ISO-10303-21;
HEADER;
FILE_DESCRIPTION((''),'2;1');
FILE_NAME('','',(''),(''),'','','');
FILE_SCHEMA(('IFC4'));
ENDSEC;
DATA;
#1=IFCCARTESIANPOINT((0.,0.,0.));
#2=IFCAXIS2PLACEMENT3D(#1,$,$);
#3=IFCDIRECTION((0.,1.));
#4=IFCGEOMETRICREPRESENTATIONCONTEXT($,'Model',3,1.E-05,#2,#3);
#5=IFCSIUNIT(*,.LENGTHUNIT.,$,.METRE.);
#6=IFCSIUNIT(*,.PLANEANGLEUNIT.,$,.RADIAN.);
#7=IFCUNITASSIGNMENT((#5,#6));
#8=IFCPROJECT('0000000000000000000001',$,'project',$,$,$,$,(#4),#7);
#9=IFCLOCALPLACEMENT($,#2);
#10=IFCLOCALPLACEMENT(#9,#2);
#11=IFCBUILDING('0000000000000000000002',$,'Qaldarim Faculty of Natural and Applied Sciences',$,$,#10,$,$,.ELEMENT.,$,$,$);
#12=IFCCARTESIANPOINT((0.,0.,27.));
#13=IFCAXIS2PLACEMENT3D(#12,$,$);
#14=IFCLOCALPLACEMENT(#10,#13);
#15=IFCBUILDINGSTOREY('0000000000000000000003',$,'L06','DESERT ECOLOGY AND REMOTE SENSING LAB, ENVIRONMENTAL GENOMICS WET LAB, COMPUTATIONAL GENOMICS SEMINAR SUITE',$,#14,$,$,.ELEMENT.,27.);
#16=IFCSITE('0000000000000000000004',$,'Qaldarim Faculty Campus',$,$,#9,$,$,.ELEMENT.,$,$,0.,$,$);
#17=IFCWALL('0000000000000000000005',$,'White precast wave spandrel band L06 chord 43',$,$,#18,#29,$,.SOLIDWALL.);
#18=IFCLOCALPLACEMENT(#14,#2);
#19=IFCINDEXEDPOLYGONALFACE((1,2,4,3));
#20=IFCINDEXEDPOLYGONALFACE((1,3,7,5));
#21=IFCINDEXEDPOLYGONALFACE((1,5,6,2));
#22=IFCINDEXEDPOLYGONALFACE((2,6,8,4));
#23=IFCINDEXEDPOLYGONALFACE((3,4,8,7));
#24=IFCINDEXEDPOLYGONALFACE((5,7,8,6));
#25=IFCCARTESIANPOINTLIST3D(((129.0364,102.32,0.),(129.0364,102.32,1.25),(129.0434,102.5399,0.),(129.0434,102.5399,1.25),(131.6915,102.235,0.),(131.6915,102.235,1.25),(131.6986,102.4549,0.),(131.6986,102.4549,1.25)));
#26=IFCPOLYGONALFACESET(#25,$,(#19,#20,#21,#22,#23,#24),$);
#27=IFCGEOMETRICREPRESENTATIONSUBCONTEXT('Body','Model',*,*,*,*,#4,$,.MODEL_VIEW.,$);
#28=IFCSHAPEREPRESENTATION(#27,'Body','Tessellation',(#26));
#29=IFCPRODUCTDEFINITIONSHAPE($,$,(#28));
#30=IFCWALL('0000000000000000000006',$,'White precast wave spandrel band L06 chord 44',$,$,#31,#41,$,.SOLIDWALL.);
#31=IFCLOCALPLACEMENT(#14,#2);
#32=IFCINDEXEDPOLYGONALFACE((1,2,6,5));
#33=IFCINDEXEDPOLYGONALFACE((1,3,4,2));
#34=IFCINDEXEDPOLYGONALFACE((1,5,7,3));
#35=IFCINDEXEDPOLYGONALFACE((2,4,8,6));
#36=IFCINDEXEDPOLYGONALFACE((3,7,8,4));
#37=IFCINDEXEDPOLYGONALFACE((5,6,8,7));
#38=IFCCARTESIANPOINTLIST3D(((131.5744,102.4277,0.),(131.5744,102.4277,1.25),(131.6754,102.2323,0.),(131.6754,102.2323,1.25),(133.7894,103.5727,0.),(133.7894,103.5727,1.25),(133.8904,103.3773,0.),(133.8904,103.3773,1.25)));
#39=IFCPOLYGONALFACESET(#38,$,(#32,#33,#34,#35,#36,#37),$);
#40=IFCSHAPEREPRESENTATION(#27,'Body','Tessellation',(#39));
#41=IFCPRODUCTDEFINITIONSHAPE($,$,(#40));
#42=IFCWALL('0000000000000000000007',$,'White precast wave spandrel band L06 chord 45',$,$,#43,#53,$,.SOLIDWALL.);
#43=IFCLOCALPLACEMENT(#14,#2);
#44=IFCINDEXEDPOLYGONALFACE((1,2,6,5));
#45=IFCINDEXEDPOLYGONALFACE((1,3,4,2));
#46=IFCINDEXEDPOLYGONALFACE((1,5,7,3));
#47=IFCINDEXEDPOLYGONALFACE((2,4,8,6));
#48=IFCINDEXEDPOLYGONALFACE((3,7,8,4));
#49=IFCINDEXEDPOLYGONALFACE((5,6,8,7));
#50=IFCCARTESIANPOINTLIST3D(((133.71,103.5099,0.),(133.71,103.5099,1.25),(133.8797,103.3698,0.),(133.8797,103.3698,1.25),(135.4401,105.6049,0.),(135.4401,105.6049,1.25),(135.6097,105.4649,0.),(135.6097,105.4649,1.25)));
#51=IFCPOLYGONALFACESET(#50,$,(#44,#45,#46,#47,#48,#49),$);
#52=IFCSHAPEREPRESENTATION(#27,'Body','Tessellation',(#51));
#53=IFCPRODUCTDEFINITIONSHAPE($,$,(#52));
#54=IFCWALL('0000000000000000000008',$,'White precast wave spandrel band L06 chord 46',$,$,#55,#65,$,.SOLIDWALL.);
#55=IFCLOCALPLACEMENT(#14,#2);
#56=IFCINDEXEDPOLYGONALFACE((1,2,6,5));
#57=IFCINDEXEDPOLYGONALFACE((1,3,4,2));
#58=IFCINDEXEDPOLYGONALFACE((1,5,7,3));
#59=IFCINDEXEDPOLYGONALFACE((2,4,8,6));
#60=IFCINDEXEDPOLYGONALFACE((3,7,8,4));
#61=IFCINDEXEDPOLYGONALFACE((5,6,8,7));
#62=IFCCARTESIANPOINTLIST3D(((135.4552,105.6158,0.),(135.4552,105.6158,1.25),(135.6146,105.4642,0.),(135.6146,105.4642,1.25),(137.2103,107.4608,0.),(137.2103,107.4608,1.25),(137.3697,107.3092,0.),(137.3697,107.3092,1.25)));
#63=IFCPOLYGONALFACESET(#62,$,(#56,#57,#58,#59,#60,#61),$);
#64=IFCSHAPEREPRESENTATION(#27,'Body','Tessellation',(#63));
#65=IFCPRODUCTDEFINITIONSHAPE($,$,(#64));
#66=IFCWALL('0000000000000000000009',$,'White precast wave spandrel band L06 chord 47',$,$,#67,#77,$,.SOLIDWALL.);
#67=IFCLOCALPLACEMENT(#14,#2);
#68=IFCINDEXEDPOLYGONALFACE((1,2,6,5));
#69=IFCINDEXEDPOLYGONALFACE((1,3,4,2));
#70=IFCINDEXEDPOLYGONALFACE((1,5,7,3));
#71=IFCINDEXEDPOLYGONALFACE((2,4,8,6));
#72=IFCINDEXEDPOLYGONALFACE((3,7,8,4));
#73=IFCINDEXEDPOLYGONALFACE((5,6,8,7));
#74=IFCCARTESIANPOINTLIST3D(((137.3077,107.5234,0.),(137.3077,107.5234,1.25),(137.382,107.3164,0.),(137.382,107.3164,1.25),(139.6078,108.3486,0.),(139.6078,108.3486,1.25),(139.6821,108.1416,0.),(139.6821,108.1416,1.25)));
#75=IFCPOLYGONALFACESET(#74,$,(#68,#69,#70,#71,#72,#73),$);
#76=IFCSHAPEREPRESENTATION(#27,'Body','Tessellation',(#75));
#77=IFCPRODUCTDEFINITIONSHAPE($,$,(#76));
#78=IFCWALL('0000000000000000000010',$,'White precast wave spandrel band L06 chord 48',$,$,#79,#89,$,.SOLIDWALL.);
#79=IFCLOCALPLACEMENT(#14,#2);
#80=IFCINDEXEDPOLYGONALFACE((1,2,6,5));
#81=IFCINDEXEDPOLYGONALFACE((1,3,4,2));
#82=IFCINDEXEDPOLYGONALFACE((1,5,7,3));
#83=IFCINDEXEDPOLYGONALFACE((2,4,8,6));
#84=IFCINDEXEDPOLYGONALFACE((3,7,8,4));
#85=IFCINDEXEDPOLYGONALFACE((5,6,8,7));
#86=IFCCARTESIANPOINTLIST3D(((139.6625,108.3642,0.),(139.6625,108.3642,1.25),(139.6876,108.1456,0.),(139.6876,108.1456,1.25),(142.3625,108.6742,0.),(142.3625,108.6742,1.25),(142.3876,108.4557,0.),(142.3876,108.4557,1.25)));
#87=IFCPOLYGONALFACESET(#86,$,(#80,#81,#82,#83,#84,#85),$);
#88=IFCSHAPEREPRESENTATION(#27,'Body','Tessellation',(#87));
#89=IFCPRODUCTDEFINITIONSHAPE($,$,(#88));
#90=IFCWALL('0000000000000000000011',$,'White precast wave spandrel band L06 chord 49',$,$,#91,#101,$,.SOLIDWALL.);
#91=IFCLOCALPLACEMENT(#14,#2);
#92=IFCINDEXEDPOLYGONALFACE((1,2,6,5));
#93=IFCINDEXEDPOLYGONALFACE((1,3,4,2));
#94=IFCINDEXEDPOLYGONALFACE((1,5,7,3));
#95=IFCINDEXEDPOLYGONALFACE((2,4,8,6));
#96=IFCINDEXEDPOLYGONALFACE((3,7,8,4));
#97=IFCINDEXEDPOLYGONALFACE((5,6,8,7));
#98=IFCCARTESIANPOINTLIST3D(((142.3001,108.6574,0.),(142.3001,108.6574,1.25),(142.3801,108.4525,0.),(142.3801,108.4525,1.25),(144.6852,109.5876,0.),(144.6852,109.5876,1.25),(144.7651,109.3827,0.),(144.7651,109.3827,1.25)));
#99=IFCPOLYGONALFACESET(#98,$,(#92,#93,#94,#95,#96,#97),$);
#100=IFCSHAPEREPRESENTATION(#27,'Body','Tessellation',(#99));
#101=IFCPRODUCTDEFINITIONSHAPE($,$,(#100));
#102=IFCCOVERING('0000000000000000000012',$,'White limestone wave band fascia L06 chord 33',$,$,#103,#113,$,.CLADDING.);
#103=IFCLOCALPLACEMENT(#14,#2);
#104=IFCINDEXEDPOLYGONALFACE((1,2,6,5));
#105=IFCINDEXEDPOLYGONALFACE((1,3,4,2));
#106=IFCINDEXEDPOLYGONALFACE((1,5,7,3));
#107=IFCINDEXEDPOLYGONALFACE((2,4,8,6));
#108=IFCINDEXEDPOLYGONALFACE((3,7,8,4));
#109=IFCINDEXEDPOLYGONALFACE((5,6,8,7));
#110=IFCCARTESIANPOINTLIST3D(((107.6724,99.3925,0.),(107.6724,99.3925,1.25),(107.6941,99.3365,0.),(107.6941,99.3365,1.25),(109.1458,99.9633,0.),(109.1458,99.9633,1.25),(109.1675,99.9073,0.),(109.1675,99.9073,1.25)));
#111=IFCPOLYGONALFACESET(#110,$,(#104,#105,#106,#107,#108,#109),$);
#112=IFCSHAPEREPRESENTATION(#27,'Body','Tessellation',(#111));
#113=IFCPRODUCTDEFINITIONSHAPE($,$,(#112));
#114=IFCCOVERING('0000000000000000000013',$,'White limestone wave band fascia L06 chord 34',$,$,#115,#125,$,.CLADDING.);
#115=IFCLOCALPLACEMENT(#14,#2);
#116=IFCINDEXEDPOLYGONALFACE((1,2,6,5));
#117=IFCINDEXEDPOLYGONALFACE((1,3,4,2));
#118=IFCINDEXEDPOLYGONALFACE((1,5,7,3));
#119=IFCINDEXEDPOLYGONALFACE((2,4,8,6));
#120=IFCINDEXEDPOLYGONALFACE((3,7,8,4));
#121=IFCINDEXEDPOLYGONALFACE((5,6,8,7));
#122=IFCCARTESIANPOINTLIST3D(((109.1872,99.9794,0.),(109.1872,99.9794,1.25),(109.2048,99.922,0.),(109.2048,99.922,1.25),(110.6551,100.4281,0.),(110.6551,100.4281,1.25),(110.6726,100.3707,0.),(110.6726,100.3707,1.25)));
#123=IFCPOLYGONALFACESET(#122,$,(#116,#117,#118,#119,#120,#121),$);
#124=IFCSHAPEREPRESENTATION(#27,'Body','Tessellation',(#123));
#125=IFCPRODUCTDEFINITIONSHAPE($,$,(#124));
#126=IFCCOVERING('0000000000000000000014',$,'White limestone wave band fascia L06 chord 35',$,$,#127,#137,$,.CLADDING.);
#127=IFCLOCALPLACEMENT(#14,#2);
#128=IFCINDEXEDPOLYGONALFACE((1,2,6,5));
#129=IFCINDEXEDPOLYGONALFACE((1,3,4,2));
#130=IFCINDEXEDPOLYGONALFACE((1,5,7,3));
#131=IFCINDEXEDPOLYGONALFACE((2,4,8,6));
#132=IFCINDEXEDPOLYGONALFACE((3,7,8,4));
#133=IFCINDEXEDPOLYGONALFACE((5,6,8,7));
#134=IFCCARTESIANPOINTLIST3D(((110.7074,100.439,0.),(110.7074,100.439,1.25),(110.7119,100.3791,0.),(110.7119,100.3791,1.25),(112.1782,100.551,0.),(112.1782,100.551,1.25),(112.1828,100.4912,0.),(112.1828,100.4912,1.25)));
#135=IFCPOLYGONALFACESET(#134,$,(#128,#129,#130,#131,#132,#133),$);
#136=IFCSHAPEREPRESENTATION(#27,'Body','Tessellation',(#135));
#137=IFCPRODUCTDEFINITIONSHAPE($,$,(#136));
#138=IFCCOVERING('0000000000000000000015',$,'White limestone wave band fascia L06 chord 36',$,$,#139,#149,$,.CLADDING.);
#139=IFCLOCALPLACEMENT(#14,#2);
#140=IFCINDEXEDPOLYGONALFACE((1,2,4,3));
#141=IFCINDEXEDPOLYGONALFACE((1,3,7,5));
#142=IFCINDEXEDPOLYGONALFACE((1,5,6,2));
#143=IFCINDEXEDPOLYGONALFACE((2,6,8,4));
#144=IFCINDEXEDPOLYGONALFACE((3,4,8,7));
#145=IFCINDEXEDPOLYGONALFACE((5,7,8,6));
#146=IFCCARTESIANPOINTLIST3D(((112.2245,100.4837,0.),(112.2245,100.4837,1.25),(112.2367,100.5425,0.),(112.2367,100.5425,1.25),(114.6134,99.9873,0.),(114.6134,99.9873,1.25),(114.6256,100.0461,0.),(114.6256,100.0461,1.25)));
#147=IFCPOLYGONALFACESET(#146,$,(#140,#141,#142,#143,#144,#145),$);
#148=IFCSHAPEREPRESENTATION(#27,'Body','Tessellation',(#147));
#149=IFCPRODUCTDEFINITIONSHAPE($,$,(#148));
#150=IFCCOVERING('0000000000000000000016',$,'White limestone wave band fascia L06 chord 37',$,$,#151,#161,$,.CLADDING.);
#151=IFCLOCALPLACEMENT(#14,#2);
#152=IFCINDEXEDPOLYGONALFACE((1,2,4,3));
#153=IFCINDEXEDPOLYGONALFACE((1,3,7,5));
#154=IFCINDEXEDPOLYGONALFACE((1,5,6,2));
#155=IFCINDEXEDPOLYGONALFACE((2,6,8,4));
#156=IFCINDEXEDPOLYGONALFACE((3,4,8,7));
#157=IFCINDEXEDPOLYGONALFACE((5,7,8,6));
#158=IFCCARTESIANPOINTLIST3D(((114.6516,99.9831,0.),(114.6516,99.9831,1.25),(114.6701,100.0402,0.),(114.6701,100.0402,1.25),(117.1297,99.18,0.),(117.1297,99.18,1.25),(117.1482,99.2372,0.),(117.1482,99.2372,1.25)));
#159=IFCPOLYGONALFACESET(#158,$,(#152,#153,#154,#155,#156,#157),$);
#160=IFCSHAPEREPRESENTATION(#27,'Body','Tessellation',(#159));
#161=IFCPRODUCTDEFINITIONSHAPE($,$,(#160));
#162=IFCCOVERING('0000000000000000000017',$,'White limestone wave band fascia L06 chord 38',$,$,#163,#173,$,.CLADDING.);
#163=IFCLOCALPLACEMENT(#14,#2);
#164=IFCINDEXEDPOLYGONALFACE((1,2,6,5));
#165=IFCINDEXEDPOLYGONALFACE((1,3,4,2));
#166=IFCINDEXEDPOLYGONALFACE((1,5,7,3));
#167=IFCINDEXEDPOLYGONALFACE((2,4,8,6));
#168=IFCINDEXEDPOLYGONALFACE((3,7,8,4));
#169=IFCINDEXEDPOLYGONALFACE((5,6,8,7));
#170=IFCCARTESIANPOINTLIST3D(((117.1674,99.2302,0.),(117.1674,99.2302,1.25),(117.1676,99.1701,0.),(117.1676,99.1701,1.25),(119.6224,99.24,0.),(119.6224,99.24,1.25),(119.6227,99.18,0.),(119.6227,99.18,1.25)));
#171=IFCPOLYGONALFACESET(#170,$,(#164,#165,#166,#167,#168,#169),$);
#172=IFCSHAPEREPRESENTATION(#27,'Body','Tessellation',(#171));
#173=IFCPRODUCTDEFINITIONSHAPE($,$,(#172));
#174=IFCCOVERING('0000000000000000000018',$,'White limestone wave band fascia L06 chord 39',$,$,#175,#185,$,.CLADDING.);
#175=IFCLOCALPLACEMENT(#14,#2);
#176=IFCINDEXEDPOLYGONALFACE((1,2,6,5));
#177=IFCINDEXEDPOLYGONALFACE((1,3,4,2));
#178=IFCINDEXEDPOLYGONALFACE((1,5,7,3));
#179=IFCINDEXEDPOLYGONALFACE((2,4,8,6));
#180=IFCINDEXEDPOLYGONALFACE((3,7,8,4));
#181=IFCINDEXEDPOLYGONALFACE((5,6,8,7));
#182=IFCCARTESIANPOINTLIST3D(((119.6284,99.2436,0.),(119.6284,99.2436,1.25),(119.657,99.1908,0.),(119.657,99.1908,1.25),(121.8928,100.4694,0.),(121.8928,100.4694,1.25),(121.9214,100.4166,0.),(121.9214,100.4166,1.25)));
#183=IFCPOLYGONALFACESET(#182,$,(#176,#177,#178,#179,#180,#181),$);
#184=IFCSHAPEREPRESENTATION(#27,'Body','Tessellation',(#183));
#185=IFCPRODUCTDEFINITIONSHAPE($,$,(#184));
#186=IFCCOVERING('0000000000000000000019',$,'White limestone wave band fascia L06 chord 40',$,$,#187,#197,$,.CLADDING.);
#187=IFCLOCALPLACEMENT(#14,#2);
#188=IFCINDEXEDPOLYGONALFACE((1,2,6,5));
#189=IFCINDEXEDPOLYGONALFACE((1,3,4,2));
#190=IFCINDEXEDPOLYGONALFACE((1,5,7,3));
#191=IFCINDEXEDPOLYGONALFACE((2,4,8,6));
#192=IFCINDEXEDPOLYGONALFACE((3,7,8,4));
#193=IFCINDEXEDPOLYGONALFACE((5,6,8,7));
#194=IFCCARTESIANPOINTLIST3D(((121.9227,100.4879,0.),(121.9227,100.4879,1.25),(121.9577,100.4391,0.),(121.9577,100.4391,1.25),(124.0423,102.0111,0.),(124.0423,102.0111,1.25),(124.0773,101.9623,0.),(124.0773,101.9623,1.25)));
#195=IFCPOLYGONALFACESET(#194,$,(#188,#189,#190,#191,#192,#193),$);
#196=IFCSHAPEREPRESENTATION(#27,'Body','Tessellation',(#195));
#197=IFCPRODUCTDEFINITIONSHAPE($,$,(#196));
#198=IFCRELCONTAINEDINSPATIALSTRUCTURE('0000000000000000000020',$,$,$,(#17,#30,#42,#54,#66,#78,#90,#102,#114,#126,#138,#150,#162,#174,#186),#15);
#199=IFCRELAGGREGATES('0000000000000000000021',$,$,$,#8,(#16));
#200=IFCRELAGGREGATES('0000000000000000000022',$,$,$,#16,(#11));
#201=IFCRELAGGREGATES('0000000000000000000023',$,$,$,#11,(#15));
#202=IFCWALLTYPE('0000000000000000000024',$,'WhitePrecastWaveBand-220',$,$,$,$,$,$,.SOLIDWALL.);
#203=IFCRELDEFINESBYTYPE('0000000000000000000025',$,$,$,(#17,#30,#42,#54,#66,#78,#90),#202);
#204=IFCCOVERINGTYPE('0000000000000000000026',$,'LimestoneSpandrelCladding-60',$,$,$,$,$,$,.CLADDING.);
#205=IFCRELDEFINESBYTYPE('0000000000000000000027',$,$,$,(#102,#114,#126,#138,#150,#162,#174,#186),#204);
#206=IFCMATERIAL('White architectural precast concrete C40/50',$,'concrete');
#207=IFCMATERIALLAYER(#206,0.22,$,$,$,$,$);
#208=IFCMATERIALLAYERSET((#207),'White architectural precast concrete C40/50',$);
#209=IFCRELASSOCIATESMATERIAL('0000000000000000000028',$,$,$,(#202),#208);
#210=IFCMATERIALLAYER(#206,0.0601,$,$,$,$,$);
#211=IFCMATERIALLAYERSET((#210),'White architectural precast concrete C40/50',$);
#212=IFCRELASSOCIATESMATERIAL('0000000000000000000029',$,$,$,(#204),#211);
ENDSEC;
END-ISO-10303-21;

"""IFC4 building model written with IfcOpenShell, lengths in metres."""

from ifc_helpers import new_model, si_unit, direction, frame, frame_2d, origin, origin_2d, place, context, subcontext, project, spatial, rectangle, extrude, material, layer, layer_set, type_object, element, save


model = new_model("IFC4")

# Units and contexts
model_context = context("Model", 3, precision=1e-05, world=origin(), true_north=direction((0.0, 1.0)))
body_context = subcontext(model_context, "Body", "Model", "MODEL_VIEW")
ifc_project = project(units=[si_unit("LENGTHUNIT", "METRE"), si_unit("PLANEANGLEUNIT", "RADIAN")], contexts=[model_context])

# Site, building, storey
site_placement = place(None, origin())
site = spatial("IfcSite", under=ifc_project, at=site_placement, Name="Qaldarim Faculty Campus", CompositionType="ELEMENT", RefElevation=0.0)
building_placement = place(site_placement, origin())
building = spatial("IfcBuilding", under=site, at=building_placement, Name="Qaldarim Faculty of Natural and Applied Sciences", CompositionType="ELEMENT")
storey_placement = place(building_placement, frame((0.0, 0.0, 27.0)))
storey = spatial("IfcBuildingStorey", under=building, at=storey_placement, Name="L06", Description="DESERT ECOLOGY AND REMOTE SENSING LAB, ENVIRONMENTAL GENOMICS WET LAB, COMPUTATIONAL GENOMICS SEMINAR SUITE", CompositionType="ELEMENT", Elevation=27.0)

# Walls
ifc_material_1 = material(Name="White architectural precast concrete C40/50", Category="concrete")
ifc_layer_1 = layer(ifc_material_1, 0.22)
ifc_layer_set_1 = layer_set([ifc_layer_1], Name="White architectural precast concrete C40/50")
wall_type = type_object("IfcWallType", Name="WhitePrecastWaveBand-220", PredefinedType="SOLIDWALL", material=ifc_layer_set_1)
wall_1_placement = place(storey_placement, frame((129.04, 102.4299, 0.0), z_axis=(0.0, 0.0, 1.0), x_axis=(0.999488, -0.031984, 0.0)))
element("IfcWall", 1, at=wall_1_placement, inside=storey, type_object=wall_type, Name="White precast wave spandrel band L06 chord 43", PredefinedType="SOLIDWALL", context=body_context, shape_type="SweptSolid", body=[
    extrude(rectangle(XDim=2.6565, YDim=0.22, at=frame_2d((1.3281, 0.0))), origin(), (0.0, 0.0, 1.0), 1.25),
])
wall_2_placement = place(storey_placement, frame((131.625, 102.3301, 0.0), z_axis=(0.0, 0.0, 1.0), x_axis=(0.888335, 0.459196, 0.0)))
element("IfcWall", 2, at=wall_2_placement, inside=storey, type_object=wall_type, Name="White precast wave spandrel band L06 chord 44", PredefinedType="SOLIDWALL", context=body_context, shape_type="SweptSolid", body=[
    extrude(rectangle(XDim=2.4934, YDim=0.22, at=frame_2d((1.2466, 0.0))), origin(), (0.0, 0.0, 1.0), 1.25),
])
wall_3_placement = place(storey_placement, frame((133.7949, 103.4399, 0.0), z_axis=(0.0, 0.0, 1.0), x_axis=(0.63674, 0.771079, 0.0)))
element("IfcWall", 3, at=wall_3_placement, inside=storey, type_object=wall_type, Name="White precast wave spandrel band L06 chord 45", PredefinedType="SOLIDWALL", context=body_context, shape_type="SweptSolid", body=[
    extrude(rectangle(XDim=2.717, YDim=0.22, at=frame_2d((1.3584, 0.0))), origin(), (0.0, 0.0, 1.0), 1.25),
])
wall_4_placement = place(storey_placement, frame((135.5349, 105.54, 0.0), z_axis=(0.0, 0.0, 1.0), x_axis=(0.689246, 0.724528, 0.0)))
element("IfcWall", 4, at=wall_4_placement, inside=storey, type_object=wall_type, Name="White precast wave spandrel band L06 chord 46", PredefinedType="SOLIDWALL", context=body_context, shape_type="SweptSolid", body=[
    extrude(rectangle(XDim=2.5464, YDim=0.22, at=frame_2d((1.2732, 0.0))), origin(), (0.0, 0.0, 1.0), 1.25),
])
wall_5_placement = place(storey_placement, frame((137.345, 107.4199, 0.0), z_axis=(0.0, 0.0, 1.0), x_axis=(0.941255, 0.337697, 0.0)))
element("IfcWall", 5, at=wall_5_placement, inside=storey, type_object=wall_type, Name="White precast wave spandrel band L06 chord 47", PredefinedType="SOLIDWALL", context=body_context, shape_type="SweptSolid", body=[
    extrude(rectangle(XDim=2.4436, YDim=0.22, at=frame_2d((1.2217, 0.0))), origin(), (0.0, 0.0, 1.0), 1.25),
])
wall_6_placement = place(storey_placement, frame((139.675, 108.2549, 0.0), z_axis=(0.0, 0.0, 1.0), x_axis=(0.993471, 0.114089, 0.0)))
element("IfcWall", 6, at=wall_6_placement, inside=storey, type_object=wall_type, Name="White precast wave spandrel band L06 chord 48", PredefinedType="SOLIDWALL", context=body_context, shape_type="SweptSolid", body=[
    extrude(rectangle(XDim=2.7178, YDim=0.22, at=frame_2d((1.3589, 0.0))), origin(), (0.0, 0.0, 1.0), 1.25),
])
wall_7_placement = place(storey_placement, frame((142.3401, 108.5549, 0.0), z_axis=(0.0, 0.0, 1.0), x_axis=(0.931652, 0.363353, 0.0)))
element("IfcWall", 7, at=wall_7_placement, inside=storey, type_object=wall_type, Name="White precast wave spandrel band L06 chord 49", PredefinedType="SOLIDWALL", context=body_context, shape_type="SweptSolid", body=[
    extrude(rectangle(XDim=2.5601, YDim=0.22, at=frame_2d((1.28, 0.0))), origin(), (0.0, 0.0, 1.0), 1.25),
])

# Coverings
ifc_layer_2 = layer(ifc_material_1, 0.0601)
ifc_layer_set_2 = layer_set([ifc_layer_2], Name="White architectural precast concrete C40/50")
covering_type = type_object("IfcCoveringType", Name="LimestoneSpandrelCladding-60", PredefinedType="CLADDING", material=ifc_layer_set_2)
covering_1_placement = place(storey_placement, frame((108.4199, 99.6499, 0.0), z_axis=(0.0, 0.0, 1.0), x_axis=(0.932469, 0.36125, 0.0)))
element("IfcCovering", 8, at=covering_1_placement, inside=storey, type_object=covering_type, Name="White limestone wave band fascia L06 chord 33", PredefinedType="CLADDING", context=body_context, shape_type="SweptSolid", body=[
    extrude(rectangle(XDim=1.5801, YDim=0.0601, at=origin_2d()), origin(), (0.0, 0.0, 1.0), 1.25),
])
covering_2_placement = place(storey_placement, frame((109.9299, 100.175, 0.0), z_axis=(0.0, 0.0, 1.0), x_axis=(0.956325, 0.292305, 0.0)))
element("IfcCovering", 9, at=covering_2_placement, inside=storey, type_object=covering_type, Name="White limestone wave band fascia L06 chord 34", PredefinedType="CLADDING", context=body_context, shape_type="SweptSolid", body=[
    extrude(rectangle(XDim=1.5349, YDim=0.0601, at=origin_2d()), origin(), (0.0, 0.0, 1.0), 1.25),
])
covering_3_placement = place(storey_placement, frame((111.4451, 100.4651, 0.0), z_axis=(0.0, 0.0, 1.0), x_axis=(0.997113, 0.075936, 0.0)))
element("IfcCovering", 10, at=covering_3_placement, inside=storey, type_object=covering_type, Name="White limestone wave band fascia L06 chord 35", PredefinedType="CLADDING", context=body_context, shape_type="SweptSolid", body=[
    extrude(rectangle(XDim=1.4751, YDim=0.0601, at=origin_2d()), origin(), (0.0, 0.0, 1.0), 1.25),
])
covering_4_placement = place(storey_placement, frame((113.425, 100.2649, 0.0), z_axis=(0.0, 0.0, 1.0), x_axis=(0.979081, -0.203471, 0.0)))
element("IfcCovering", 11, at=covering_4_placement, inside=storey, type_object=covering_type, Name="White limestone wave band fascia L06 chord 36", PredefinedType="CLADDING", context=body_context, shape_type="SweptSolid", body=[
    extrude(rectangle(XDim=2.4399, YDim=0.0601, at=origin_2d()), origin(), (0.0, 0.0, 1.0), 1.25),
])
covering_5_placement = place(storey_placement, frame((115.8999, 99.6101, 0.0), z_axis=(0.0, 0.0, 1.0), x_axis=(0.951299, -0.30827, 0.0)))
element("IfcCovering", 12, at=covering_5_placement, inside=storey, type_object=covering_type, Name="White limestone wave band fascia L06 chord 37", PredefinedType="CLADDING", context=body_context, shape_type="SweptSolid", body=[
    extrude(rectangle(XDim=2.605, YDim=0.0601, at=origin_2d()), origin(), (0.0, 0.0, 1.0), 1.25),
])
covering_6_placement = place(storey_placement, frame((118.395, 99.2051, 0.0), z_axis=(0.0, 0.0, 1.0), x_axis=(0.999992, 0.004014, 0.0)))
element("IfcCovering", 13, at=covering_6_placement, inside=storey, type_object=covering_type, Name="White limestone wave band fascia L06 chord 38", PredefinedType="CLADDING", context=body_context, shape_type="SweptSolid", body=[
    extrude(rectangle(XDim=2.4551, YDim=0.0601, at=origin_2d()), origin(), (0.0, 0.0, 1.0), 1.25),
])
covering_7_placement = place(storey_placement, frame((120.7749, 99.8301, 0.0), z_axis=(0.0, 0.0, 1.0), x_axis=(0.879424, 0.476039, 0.0)))
element("IfcCovering", 14, at=covering_7_placement, inside=storey, type_object=covering_type, Name="White limestone wave band fascia L06 chord 39", PredefinedType="CLADDING", context=body_context, shape_type="SweptSolid", body=[
    extrude(rectangle(XDim=2.575, YDim=0.0601, at=origin_2d()), origin(), (0.0, 0.0, 1.0), 1.25),
])
covering_8_placement = place(storey_placement, frame((123.0, 101.2251, 0.0), z_axis=(0.0, 0.0, 1.0), x_axis=(0.812073, 0.583555, 0.0)))
element("IfcCovering", 15, at=covering_8_placement, inside=storey, type_object=covering_type, Name="White limestone wave band fascia L06 chord 40", PredefinedType="CLADDING", context=body_context, shape_type="SweptSolid", body=[
    extrude(rectangle(XDim=2.6101, YDim=0.0601, at=origin_2d()), origin(), (0.0, 0.0, 1.0), 1.25),
])

save(model, "model.ifc")
